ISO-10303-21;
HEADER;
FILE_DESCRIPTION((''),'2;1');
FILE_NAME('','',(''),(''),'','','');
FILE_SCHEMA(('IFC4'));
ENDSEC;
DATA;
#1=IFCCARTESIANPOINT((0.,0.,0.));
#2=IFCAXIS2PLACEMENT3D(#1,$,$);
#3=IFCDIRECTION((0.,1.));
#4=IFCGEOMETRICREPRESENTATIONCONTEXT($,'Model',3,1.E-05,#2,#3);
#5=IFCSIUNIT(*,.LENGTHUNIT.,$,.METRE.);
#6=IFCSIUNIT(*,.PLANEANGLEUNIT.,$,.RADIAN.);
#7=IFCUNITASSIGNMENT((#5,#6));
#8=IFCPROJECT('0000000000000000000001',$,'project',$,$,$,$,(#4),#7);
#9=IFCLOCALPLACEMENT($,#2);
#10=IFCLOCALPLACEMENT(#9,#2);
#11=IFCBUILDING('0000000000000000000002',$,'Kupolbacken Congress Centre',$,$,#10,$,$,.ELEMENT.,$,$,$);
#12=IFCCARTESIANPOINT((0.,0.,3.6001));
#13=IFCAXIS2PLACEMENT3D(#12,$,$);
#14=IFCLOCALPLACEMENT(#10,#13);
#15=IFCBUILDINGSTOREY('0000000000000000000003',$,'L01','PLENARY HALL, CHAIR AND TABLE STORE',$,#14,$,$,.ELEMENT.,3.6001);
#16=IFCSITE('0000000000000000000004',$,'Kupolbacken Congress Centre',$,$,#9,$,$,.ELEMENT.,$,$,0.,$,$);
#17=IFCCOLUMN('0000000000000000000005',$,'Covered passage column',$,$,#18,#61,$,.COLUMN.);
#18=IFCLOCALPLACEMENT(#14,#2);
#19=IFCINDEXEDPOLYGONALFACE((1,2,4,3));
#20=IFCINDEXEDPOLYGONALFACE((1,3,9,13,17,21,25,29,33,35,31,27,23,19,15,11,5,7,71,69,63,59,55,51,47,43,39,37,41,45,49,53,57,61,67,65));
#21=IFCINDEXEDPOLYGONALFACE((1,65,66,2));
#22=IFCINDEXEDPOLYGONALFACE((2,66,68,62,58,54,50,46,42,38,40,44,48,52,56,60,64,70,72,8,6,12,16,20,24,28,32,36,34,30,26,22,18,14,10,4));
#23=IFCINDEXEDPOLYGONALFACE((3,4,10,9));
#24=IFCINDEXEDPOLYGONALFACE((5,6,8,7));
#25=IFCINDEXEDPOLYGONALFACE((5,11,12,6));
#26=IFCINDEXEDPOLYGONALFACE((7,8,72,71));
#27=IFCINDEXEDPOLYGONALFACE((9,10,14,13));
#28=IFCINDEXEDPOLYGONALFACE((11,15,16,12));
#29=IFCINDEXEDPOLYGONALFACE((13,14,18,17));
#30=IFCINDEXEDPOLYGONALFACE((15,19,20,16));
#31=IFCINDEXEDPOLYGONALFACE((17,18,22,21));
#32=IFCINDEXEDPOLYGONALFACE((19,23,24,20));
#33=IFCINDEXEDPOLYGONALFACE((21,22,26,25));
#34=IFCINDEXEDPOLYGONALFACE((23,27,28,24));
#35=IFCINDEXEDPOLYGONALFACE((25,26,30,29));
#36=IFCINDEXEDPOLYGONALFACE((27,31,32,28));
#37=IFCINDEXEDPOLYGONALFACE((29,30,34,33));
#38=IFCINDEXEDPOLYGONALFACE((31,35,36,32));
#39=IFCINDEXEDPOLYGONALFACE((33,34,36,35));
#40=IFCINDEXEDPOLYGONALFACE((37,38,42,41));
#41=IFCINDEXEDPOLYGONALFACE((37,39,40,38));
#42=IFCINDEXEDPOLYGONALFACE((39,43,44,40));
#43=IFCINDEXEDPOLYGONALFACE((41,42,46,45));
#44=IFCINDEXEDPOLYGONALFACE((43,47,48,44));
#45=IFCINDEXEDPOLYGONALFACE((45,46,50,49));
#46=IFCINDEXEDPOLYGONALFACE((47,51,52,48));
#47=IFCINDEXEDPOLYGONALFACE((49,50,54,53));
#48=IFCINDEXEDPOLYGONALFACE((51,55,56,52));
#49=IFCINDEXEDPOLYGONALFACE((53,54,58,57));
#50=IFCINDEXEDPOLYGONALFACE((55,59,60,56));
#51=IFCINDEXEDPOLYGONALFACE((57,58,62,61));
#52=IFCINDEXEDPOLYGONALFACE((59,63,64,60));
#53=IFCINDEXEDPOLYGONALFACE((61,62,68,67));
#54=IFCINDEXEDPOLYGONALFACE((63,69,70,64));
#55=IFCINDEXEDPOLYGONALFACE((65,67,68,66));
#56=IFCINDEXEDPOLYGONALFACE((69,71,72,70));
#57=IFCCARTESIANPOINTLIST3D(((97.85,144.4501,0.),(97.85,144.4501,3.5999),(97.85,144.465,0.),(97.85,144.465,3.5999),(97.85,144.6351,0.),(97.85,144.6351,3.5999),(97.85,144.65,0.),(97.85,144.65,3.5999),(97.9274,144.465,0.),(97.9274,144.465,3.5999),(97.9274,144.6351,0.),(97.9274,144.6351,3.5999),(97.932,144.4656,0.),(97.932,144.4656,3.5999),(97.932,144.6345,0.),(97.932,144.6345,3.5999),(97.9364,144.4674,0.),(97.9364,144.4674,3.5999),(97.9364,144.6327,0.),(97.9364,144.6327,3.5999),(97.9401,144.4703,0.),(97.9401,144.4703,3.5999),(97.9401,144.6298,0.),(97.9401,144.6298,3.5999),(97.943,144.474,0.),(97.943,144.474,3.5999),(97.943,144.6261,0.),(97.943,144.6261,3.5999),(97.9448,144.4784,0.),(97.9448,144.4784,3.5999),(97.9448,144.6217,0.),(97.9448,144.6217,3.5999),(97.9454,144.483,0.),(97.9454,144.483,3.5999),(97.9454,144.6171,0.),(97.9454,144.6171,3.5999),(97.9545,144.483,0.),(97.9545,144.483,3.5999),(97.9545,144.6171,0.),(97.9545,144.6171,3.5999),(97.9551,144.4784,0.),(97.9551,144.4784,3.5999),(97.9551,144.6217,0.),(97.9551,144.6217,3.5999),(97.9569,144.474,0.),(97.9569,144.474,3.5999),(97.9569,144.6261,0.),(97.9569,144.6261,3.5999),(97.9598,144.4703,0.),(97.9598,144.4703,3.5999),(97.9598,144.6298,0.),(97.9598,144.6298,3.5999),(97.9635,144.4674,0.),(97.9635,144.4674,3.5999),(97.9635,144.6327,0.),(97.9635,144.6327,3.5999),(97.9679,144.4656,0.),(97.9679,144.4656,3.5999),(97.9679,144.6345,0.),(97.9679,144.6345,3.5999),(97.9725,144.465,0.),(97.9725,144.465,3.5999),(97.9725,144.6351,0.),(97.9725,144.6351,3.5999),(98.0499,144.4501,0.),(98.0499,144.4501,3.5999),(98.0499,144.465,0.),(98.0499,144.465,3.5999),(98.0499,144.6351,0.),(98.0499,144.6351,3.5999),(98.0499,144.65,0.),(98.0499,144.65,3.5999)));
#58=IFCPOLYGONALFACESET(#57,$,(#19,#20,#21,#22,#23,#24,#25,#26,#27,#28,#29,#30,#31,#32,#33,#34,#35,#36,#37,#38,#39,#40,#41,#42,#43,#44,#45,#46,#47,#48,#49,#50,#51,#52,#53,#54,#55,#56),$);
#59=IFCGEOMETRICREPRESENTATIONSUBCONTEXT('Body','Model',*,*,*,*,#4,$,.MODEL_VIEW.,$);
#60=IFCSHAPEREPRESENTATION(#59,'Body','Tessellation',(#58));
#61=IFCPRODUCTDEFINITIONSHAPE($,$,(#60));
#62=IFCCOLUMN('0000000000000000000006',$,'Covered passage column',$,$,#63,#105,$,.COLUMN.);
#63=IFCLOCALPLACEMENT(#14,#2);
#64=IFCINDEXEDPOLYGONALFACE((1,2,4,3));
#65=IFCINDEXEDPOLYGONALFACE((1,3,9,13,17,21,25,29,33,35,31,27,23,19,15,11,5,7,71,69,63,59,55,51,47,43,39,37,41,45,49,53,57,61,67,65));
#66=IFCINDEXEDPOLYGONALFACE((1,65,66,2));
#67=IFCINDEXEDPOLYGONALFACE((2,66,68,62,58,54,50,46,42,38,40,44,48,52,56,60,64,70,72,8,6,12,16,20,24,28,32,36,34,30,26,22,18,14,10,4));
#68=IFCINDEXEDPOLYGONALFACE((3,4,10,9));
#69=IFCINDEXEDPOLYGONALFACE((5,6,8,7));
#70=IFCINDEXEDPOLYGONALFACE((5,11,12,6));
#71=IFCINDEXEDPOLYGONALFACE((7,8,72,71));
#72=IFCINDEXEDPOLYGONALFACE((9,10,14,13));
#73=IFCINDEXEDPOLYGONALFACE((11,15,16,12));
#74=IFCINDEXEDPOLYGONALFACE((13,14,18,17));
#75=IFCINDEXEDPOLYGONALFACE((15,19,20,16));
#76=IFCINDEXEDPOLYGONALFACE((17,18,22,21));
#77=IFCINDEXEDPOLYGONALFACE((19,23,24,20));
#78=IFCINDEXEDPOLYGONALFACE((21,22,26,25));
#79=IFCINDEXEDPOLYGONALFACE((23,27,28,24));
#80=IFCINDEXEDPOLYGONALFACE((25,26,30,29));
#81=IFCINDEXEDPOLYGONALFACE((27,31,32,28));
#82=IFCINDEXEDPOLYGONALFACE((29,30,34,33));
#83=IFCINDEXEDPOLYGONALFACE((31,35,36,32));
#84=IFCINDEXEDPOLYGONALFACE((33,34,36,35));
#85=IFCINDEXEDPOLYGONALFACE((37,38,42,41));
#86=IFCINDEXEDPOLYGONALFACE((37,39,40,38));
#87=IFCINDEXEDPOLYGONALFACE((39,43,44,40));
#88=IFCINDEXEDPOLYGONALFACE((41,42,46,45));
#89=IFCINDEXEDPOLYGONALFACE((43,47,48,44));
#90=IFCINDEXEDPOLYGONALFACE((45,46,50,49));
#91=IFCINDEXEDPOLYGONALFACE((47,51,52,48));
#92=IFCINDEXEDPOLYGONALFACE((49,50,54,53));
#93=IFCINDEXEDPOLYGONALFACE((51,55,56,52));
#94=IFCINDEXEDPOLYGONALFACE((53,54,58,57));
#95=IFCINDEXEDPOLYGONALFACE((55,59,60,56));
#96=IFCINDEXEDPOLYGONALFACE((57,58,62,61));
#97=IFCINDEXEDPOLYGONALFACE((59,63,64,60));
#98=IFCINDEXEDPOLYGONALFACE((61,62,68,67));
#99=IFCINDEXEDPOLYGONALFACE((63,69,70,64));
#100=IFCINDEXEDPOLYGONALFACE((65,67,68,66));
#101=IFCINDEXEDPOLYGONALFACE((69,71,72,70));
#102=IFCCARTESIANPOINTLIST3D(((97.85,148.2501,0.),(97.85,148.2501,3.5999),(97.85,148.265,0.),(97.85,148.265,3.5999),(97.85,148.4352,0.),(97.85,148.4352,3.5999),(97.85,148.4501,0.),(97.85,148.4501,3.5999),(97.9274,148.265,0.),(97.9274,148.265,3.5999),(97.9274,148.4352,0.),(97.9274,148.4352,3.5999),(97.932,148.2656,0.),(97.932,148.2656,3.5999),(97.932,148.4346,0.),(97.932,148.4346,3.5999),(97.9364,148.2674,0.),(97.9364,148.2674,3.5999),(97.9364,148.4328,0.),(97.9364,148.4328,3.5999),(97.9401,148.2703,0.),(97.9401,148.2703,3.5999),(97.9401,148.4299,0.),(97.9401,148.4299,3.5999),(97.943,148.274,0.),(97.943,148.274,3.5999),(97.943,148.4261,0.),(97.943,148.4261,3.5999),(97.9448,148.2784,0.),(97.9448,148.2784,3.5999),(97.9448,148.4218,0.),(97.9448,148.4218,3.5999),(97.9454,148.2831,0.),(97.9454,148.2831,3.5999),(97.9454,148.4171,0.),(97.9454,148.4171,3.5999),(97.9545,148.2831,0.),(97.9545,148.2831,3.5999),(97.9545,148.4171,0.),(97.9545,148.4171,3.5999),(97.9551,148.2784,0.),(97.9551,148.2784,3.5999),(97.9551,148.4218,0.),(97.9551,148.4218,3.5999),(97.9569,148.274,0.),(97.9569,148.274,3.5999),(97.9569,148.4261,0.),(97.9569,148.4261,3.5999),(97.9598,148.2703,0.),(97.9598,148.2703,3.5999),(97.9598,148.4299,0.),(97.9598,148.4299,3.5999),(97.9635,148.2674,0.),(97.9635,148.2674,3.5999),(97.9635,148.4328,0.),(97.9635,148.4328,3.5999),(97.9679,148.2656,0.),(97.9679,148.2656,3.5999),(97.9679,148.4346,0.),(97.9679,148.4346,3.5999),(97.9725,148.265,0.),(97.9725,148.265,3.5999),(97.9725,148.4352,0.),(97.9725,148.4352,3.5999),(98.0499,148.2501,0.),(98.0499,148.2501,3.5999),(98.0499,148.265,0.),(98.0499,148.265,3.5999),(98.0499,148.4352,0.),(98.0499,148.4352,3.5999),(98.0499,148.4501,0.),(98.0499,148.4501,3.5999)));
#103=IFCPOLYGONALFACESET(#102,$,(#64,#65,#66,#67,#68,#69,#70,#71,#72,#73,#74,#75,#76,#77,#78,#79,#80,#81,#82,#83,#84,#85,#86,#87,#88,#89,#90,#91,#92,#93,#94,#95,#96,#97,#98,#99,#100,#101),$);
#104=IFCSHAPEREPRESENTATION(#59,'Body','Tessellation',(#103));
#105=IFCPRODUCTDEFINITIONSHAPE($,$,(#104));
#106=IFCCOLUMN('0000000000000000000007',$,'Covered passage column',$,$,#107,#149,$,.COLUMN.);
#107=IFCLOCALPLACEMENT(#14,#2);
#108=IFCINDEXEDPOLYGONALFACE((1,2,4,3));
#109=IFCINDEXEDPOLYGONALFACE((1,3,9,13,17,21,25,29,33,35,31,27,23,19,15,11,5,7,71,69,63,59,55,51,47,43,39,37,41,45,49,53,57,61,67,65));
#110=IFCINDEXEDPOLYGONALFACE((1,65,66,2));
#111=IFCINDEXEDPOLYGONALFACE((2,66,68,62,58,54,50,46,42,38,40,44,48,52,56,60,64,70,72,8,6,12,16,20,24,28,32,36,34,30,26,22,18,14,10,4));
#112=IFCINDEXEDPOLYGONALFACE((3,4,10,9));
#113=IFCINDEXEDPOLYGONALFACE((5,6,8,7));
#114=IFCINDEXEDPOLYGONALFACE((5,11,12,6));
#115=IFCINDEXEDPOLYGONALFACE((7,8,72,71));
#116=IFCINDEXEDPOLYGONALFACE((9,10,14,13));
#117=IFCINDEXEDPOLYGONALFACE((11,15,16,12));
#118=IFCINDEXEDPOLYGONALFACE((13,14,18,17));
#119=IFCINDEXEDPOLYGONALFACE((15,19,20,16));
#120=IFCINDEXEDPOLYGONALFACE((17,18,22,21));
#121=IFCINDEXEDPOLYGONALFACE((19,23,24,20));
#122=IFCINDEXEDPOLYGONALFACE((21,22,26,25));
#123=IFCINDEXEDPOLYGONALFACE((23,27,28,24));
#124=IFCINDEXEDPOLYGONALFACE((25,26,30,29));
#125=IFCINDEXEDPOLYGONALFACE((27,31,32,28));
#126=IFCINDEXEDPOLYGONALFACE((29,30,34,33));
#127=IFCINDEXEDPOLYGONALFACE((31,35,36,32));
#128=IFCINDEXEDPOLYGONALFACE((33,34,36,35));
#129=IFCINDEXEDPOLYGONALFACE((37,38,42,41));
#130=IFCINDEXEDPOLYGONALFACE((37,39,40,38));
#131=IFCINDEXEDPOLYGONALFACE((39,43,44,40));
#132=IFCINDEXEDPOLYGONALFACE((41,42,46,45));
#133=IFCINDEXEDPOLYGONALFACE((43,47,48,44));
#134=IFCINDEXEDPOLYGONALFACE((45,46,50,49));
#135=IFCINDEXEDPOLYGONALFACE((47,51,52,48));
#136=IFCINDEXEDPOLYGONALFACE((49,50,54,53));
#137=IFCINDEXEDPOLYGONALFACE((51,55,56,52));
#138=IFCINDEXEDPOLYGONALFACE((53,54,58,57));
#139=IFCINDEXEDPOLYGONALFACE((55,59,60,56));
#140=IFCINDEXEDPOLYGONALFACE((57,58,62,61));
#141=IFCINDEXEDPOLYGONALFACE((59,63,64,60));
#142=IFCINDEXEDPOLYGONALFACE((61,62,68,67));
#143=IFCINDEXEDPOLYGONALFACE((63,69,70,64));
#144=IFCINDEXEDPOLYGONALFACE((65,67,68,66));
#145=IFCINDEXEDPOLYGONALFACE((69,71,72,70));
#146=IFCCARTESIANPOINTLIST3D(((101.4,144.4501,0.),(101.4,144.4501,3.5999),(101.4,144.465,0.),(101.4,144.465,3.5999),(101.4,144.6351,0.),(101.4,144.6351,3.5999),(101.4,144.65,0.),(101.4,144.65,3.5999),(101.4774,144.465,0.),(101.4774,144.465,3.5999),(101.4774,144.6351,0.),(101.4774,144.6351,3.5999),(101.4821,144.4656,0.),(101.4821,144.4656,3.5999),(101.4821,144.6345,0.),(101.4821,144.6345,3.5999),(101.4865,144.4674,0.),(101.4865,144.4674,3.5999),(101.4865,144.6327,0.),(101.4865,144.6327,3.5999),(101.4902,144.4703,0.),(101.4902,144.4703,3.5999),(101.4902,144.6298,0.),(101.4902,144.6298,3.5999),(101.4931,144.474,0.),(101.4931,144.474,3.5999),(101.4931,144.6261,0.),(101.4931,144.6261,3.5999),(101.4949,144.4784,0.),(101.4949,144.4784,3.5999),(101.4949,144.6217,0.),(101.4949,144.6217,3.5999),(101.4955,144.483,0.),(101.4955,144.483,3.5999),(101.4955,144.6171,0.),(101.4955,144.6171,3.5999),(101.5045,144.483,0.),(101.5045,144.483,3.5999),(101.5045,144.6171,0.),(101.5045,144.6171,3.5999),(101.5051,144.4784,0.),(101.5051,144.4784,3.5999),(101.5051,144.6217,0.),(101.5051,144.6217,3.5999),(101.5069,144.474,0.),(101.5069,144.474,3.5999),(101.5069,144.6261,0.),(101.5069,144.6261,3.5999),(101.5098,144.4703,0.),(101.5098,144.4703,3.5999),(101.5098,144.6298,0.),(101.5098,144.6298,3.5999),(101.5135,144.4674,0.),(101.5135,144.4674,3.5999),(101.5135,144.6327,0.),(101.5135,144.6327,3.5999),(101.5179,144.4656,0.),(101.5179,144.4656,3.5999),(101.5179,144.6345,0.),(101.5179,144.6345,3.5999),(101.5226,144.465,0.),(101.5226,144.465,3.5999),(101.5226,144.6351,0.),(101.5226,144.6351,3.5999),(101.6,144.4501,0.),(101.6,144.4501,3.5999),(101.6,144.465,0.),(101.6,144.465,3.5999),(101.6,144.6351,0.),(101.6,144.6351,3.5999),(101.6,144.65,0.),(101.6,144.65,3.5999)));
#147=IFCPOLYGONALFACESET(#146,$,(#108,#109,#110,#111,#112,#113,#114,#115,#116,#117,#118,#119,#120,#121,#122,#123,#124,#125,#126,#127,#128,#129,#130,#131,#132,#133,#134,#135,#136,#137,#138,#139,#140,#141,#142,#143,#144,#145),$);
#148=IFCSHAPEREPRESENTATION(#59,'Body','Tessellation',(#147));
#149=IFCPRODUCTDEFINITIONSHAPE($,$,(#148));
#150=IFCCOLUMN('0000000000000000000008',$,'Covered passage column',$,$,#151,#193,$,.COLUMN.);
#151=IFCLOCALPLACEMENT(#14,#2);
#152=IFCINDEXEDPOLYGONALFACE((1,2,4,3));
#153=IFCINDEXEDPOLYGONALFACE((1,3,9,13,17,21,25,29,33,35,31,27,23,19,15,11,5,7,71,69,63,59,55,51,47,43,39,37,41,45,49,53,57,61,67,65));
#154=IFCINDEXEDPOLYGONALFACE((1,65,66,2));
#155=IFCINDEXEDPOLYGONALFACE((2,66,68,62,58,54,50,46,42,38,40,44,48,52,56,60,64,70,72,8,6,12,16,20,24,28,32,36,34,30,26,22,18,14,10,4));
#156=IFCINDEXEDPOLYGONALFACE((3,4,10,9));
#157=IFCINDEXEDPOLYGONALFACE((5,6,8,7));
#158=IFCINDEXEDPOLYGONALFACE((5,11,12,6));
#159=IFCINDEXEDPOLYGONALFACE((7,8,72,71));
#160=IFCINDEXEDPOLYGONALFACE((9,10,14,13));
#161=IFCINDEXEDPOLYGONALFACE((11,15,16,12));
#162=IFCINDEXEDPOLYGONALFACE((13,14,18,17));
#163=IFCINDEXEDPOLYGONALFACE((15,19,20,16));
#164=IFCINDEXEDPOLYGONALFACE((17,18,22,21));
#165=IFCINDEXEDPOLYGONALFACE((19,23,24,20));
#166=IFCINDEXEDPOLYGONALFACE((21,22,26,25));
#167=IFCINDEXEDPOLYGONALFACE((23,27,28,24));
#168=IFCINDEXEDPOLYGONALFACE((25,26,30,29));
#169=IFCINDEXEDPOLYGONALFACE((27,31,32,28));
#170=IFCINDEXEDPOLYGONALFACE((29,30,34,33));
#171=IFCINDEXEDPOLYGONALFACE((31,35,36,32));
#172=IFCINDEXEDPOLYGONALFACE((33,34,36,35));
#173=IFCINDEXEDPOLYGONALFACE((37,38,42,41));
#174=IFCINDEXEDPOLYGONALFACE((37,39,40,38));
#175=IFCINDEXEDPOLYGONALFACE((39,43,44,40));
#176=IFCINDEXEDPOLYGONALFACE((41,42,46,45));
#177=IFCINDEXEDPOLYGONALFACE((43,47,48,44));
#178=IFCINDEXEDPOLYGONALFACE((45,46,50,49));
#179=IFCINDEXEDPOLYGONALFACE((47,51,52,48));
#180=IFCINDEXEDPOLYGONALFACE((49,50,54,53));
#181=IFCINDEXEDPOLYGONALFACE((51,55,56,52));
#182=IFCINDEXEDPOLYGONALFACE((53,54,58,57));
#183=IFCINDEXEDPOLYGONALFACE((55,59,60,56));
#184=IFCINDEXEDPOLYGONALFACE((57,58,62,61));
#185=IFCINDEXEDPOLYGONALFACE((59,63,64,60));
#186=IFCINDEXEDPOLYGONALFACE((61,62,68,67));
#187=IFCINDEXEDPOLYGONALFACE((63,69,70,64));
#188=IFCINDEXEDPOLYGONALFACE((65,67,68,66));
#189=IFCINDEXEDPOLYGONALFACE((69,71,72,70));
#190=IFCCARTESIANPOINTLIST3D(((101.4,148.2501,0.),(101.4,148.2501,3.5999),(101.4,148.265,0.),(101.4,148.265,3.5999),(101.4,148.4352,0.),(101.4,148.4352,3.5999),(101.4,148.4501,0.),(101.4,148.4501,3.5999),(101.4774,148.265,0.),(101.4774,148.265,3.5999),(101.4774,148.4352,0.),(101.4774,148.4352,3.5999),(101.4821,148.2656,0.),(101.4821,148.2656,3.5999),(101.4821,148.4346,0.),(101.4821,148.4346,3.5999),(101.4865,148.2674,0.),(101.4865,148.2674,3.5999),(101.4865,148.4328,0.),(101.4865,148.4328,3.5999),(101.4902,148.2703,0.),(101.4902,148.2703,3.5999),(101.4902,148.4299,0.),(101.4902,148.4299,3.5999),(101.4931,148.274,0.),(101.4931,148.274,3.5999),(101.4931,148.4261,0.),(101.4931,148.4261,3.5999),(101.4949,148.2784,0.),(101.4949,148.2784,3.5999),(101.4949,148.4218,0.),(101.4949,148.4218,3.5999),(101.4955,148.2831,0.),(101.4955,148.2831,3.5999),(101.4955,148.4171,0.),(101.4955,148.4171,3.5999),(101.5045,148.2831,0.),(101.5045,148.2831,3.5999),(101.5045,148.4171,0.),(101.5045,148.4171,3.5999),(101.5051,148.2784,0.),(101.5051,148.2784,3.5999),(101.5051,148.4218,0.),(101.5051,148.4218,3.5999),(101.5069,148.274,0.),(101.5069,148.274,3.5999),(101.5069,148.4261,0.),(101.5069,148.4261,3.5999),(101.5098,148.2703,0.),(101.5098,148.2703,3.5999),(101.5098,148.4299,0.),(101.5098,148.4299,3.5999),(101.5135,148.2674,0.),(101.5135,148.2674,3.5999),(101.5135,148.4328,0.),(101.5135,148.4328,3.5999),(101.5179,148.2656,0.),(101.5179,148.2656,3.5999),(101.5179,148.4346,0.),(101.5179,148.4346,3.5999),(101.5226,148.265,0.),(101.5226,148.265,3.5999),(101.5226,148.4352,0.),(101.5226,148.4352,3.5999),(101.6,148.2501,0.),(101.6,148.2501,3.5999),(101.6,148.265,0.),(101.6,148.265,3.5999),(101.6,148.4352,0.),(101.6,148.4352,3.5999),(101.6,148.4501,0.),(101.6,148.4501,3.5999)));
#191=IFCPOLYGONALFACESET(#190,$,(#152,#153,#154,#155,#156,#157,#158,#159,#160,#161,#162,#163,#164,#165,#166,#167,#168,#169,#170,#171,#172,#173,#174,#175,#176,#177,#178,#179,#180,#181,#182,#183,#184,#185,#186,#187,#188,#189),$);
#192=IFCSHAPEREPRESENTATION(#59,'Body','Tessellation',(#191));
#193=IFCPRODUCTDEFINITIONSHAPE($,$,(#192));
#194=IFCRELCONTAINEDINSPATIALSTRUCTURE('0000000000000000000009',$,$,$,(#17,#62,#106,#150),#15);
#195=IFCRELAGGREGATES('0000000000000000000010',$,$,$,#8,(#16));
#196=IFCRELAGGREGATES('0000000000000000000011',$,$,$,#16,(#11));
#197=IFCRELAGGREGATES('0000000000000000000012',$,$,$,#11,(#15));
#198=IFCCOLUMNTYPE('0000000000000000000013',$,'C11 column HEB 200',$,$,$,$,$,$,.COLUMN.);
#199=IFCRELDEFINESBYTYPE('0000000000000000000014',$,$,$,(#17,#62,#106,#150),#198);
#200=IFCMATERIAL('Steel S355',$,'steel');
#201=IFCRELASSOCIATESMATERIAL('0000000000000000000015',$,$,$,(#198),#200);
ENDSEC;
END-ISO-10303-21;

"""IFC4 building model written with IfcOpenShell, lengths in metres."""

from ifc_helpers import new_model, si_unit, direction, frame, origin, origin_2d, place, context, subcontext, project, spatial, i_section, extrude, material, material_profile, profile_set, type_object, element, save


model = new_model("IFC4")

# Units and contexts
model_context = context("Model", 3, precision=1e-05, world=origin(), true_north=direction((0.0, 1.0)))
body_context = subcontext(model_context, "Body", "Model", "MODEL_VIEW")
ifc_project = project(units=[si_unit("LENGTHUNIT", "METRE"), si_unit("PLANEANGLEUNIT", "RADIAN")], contexts=[model_context])

# Site, building, storey
site_placement = place(None, origin())
site = spatial("IfcSite", under=ifc_project, at=site_placement, Name="Kupolbacken Congress Centre", CompositionType="ELEMENT", RefElevation=0.0)
building_placement = place(site_placement, origin())
building = spatial("IfcBuilding", under=site, at=building_placement, Name="Kupolbacken Congress Centre", CompositionType="ELEMENT")
storey_placement = place(building_placement, frame((0.0, 0.0, 3.6001)))
storey = spatial("IfcBuildingStorey", under=building, at=storey_placement, Name="L01", Description="PLENARY HALL, CHAIR AND TABLE STORE", CompositionType="ELEMENT", Elevation=3.6001)

# Columns
ifc_material_1 = material(Name="Steel S355", Category="steel")
ifc_material_profile = material_profile(ifc_material_1, i_section(OverallWidth=0.2, OverallDepth=0.2, WebThickness=0.009, FlangeThickness=0.0149, FilletRadius=0.0181, at=origin_2d()), Name="HEB 200")
ifc_profile_set = profile_set([ifc_material_profile], Name="Steel S355")
column_type = type_object("IfcColumnType", Name="C11 column HEB 200", PredefinedType="COLUMN", material=ifc_profile_set)
for number, where, z_axis, x_axis, name in (
    (1, (97.95, 144.55, 0.0), (0.0, 0.0, 1.0), (1.0, 0.0, 0.0), "Covered passage column"),
    (2, (97.95, 148.3501, 0.0), (0.0, 0.0, 1.0), (1.0, 0.0, 0.0), "Covered passage column"),
    (3, (101.5, 144.55, 0.0), (0.0, 0.0, 1.0), (1.0, 0.0, 0.0), "Covered passage column"),
    (4, (101.5, 148.3501, 0.0), (0.0, 0.0, 1.0), (1.0, 0.0, 0.0), "Covered passage column"),
):
    element("IfcColumn", number, at=place(storey_placement, frame(where, z_axis=z_axis, x_axis=x_axis)), inside=storey, type_object=column_type, Name=name, PredefinedType="COLUMN", context=body_context, shape_type="SweptSolid", body=[
        extrude(i_section(OverallWidth=0.2, OverallDepth=0.2, WebThickness=0.009, FlangeThickness=0.0149, FilletRadius=0.0181, at=origin_2d()), origin(), (0.0, 0.0, 1.0), 3.5999),
    ])

save(model, "model.ifc")
